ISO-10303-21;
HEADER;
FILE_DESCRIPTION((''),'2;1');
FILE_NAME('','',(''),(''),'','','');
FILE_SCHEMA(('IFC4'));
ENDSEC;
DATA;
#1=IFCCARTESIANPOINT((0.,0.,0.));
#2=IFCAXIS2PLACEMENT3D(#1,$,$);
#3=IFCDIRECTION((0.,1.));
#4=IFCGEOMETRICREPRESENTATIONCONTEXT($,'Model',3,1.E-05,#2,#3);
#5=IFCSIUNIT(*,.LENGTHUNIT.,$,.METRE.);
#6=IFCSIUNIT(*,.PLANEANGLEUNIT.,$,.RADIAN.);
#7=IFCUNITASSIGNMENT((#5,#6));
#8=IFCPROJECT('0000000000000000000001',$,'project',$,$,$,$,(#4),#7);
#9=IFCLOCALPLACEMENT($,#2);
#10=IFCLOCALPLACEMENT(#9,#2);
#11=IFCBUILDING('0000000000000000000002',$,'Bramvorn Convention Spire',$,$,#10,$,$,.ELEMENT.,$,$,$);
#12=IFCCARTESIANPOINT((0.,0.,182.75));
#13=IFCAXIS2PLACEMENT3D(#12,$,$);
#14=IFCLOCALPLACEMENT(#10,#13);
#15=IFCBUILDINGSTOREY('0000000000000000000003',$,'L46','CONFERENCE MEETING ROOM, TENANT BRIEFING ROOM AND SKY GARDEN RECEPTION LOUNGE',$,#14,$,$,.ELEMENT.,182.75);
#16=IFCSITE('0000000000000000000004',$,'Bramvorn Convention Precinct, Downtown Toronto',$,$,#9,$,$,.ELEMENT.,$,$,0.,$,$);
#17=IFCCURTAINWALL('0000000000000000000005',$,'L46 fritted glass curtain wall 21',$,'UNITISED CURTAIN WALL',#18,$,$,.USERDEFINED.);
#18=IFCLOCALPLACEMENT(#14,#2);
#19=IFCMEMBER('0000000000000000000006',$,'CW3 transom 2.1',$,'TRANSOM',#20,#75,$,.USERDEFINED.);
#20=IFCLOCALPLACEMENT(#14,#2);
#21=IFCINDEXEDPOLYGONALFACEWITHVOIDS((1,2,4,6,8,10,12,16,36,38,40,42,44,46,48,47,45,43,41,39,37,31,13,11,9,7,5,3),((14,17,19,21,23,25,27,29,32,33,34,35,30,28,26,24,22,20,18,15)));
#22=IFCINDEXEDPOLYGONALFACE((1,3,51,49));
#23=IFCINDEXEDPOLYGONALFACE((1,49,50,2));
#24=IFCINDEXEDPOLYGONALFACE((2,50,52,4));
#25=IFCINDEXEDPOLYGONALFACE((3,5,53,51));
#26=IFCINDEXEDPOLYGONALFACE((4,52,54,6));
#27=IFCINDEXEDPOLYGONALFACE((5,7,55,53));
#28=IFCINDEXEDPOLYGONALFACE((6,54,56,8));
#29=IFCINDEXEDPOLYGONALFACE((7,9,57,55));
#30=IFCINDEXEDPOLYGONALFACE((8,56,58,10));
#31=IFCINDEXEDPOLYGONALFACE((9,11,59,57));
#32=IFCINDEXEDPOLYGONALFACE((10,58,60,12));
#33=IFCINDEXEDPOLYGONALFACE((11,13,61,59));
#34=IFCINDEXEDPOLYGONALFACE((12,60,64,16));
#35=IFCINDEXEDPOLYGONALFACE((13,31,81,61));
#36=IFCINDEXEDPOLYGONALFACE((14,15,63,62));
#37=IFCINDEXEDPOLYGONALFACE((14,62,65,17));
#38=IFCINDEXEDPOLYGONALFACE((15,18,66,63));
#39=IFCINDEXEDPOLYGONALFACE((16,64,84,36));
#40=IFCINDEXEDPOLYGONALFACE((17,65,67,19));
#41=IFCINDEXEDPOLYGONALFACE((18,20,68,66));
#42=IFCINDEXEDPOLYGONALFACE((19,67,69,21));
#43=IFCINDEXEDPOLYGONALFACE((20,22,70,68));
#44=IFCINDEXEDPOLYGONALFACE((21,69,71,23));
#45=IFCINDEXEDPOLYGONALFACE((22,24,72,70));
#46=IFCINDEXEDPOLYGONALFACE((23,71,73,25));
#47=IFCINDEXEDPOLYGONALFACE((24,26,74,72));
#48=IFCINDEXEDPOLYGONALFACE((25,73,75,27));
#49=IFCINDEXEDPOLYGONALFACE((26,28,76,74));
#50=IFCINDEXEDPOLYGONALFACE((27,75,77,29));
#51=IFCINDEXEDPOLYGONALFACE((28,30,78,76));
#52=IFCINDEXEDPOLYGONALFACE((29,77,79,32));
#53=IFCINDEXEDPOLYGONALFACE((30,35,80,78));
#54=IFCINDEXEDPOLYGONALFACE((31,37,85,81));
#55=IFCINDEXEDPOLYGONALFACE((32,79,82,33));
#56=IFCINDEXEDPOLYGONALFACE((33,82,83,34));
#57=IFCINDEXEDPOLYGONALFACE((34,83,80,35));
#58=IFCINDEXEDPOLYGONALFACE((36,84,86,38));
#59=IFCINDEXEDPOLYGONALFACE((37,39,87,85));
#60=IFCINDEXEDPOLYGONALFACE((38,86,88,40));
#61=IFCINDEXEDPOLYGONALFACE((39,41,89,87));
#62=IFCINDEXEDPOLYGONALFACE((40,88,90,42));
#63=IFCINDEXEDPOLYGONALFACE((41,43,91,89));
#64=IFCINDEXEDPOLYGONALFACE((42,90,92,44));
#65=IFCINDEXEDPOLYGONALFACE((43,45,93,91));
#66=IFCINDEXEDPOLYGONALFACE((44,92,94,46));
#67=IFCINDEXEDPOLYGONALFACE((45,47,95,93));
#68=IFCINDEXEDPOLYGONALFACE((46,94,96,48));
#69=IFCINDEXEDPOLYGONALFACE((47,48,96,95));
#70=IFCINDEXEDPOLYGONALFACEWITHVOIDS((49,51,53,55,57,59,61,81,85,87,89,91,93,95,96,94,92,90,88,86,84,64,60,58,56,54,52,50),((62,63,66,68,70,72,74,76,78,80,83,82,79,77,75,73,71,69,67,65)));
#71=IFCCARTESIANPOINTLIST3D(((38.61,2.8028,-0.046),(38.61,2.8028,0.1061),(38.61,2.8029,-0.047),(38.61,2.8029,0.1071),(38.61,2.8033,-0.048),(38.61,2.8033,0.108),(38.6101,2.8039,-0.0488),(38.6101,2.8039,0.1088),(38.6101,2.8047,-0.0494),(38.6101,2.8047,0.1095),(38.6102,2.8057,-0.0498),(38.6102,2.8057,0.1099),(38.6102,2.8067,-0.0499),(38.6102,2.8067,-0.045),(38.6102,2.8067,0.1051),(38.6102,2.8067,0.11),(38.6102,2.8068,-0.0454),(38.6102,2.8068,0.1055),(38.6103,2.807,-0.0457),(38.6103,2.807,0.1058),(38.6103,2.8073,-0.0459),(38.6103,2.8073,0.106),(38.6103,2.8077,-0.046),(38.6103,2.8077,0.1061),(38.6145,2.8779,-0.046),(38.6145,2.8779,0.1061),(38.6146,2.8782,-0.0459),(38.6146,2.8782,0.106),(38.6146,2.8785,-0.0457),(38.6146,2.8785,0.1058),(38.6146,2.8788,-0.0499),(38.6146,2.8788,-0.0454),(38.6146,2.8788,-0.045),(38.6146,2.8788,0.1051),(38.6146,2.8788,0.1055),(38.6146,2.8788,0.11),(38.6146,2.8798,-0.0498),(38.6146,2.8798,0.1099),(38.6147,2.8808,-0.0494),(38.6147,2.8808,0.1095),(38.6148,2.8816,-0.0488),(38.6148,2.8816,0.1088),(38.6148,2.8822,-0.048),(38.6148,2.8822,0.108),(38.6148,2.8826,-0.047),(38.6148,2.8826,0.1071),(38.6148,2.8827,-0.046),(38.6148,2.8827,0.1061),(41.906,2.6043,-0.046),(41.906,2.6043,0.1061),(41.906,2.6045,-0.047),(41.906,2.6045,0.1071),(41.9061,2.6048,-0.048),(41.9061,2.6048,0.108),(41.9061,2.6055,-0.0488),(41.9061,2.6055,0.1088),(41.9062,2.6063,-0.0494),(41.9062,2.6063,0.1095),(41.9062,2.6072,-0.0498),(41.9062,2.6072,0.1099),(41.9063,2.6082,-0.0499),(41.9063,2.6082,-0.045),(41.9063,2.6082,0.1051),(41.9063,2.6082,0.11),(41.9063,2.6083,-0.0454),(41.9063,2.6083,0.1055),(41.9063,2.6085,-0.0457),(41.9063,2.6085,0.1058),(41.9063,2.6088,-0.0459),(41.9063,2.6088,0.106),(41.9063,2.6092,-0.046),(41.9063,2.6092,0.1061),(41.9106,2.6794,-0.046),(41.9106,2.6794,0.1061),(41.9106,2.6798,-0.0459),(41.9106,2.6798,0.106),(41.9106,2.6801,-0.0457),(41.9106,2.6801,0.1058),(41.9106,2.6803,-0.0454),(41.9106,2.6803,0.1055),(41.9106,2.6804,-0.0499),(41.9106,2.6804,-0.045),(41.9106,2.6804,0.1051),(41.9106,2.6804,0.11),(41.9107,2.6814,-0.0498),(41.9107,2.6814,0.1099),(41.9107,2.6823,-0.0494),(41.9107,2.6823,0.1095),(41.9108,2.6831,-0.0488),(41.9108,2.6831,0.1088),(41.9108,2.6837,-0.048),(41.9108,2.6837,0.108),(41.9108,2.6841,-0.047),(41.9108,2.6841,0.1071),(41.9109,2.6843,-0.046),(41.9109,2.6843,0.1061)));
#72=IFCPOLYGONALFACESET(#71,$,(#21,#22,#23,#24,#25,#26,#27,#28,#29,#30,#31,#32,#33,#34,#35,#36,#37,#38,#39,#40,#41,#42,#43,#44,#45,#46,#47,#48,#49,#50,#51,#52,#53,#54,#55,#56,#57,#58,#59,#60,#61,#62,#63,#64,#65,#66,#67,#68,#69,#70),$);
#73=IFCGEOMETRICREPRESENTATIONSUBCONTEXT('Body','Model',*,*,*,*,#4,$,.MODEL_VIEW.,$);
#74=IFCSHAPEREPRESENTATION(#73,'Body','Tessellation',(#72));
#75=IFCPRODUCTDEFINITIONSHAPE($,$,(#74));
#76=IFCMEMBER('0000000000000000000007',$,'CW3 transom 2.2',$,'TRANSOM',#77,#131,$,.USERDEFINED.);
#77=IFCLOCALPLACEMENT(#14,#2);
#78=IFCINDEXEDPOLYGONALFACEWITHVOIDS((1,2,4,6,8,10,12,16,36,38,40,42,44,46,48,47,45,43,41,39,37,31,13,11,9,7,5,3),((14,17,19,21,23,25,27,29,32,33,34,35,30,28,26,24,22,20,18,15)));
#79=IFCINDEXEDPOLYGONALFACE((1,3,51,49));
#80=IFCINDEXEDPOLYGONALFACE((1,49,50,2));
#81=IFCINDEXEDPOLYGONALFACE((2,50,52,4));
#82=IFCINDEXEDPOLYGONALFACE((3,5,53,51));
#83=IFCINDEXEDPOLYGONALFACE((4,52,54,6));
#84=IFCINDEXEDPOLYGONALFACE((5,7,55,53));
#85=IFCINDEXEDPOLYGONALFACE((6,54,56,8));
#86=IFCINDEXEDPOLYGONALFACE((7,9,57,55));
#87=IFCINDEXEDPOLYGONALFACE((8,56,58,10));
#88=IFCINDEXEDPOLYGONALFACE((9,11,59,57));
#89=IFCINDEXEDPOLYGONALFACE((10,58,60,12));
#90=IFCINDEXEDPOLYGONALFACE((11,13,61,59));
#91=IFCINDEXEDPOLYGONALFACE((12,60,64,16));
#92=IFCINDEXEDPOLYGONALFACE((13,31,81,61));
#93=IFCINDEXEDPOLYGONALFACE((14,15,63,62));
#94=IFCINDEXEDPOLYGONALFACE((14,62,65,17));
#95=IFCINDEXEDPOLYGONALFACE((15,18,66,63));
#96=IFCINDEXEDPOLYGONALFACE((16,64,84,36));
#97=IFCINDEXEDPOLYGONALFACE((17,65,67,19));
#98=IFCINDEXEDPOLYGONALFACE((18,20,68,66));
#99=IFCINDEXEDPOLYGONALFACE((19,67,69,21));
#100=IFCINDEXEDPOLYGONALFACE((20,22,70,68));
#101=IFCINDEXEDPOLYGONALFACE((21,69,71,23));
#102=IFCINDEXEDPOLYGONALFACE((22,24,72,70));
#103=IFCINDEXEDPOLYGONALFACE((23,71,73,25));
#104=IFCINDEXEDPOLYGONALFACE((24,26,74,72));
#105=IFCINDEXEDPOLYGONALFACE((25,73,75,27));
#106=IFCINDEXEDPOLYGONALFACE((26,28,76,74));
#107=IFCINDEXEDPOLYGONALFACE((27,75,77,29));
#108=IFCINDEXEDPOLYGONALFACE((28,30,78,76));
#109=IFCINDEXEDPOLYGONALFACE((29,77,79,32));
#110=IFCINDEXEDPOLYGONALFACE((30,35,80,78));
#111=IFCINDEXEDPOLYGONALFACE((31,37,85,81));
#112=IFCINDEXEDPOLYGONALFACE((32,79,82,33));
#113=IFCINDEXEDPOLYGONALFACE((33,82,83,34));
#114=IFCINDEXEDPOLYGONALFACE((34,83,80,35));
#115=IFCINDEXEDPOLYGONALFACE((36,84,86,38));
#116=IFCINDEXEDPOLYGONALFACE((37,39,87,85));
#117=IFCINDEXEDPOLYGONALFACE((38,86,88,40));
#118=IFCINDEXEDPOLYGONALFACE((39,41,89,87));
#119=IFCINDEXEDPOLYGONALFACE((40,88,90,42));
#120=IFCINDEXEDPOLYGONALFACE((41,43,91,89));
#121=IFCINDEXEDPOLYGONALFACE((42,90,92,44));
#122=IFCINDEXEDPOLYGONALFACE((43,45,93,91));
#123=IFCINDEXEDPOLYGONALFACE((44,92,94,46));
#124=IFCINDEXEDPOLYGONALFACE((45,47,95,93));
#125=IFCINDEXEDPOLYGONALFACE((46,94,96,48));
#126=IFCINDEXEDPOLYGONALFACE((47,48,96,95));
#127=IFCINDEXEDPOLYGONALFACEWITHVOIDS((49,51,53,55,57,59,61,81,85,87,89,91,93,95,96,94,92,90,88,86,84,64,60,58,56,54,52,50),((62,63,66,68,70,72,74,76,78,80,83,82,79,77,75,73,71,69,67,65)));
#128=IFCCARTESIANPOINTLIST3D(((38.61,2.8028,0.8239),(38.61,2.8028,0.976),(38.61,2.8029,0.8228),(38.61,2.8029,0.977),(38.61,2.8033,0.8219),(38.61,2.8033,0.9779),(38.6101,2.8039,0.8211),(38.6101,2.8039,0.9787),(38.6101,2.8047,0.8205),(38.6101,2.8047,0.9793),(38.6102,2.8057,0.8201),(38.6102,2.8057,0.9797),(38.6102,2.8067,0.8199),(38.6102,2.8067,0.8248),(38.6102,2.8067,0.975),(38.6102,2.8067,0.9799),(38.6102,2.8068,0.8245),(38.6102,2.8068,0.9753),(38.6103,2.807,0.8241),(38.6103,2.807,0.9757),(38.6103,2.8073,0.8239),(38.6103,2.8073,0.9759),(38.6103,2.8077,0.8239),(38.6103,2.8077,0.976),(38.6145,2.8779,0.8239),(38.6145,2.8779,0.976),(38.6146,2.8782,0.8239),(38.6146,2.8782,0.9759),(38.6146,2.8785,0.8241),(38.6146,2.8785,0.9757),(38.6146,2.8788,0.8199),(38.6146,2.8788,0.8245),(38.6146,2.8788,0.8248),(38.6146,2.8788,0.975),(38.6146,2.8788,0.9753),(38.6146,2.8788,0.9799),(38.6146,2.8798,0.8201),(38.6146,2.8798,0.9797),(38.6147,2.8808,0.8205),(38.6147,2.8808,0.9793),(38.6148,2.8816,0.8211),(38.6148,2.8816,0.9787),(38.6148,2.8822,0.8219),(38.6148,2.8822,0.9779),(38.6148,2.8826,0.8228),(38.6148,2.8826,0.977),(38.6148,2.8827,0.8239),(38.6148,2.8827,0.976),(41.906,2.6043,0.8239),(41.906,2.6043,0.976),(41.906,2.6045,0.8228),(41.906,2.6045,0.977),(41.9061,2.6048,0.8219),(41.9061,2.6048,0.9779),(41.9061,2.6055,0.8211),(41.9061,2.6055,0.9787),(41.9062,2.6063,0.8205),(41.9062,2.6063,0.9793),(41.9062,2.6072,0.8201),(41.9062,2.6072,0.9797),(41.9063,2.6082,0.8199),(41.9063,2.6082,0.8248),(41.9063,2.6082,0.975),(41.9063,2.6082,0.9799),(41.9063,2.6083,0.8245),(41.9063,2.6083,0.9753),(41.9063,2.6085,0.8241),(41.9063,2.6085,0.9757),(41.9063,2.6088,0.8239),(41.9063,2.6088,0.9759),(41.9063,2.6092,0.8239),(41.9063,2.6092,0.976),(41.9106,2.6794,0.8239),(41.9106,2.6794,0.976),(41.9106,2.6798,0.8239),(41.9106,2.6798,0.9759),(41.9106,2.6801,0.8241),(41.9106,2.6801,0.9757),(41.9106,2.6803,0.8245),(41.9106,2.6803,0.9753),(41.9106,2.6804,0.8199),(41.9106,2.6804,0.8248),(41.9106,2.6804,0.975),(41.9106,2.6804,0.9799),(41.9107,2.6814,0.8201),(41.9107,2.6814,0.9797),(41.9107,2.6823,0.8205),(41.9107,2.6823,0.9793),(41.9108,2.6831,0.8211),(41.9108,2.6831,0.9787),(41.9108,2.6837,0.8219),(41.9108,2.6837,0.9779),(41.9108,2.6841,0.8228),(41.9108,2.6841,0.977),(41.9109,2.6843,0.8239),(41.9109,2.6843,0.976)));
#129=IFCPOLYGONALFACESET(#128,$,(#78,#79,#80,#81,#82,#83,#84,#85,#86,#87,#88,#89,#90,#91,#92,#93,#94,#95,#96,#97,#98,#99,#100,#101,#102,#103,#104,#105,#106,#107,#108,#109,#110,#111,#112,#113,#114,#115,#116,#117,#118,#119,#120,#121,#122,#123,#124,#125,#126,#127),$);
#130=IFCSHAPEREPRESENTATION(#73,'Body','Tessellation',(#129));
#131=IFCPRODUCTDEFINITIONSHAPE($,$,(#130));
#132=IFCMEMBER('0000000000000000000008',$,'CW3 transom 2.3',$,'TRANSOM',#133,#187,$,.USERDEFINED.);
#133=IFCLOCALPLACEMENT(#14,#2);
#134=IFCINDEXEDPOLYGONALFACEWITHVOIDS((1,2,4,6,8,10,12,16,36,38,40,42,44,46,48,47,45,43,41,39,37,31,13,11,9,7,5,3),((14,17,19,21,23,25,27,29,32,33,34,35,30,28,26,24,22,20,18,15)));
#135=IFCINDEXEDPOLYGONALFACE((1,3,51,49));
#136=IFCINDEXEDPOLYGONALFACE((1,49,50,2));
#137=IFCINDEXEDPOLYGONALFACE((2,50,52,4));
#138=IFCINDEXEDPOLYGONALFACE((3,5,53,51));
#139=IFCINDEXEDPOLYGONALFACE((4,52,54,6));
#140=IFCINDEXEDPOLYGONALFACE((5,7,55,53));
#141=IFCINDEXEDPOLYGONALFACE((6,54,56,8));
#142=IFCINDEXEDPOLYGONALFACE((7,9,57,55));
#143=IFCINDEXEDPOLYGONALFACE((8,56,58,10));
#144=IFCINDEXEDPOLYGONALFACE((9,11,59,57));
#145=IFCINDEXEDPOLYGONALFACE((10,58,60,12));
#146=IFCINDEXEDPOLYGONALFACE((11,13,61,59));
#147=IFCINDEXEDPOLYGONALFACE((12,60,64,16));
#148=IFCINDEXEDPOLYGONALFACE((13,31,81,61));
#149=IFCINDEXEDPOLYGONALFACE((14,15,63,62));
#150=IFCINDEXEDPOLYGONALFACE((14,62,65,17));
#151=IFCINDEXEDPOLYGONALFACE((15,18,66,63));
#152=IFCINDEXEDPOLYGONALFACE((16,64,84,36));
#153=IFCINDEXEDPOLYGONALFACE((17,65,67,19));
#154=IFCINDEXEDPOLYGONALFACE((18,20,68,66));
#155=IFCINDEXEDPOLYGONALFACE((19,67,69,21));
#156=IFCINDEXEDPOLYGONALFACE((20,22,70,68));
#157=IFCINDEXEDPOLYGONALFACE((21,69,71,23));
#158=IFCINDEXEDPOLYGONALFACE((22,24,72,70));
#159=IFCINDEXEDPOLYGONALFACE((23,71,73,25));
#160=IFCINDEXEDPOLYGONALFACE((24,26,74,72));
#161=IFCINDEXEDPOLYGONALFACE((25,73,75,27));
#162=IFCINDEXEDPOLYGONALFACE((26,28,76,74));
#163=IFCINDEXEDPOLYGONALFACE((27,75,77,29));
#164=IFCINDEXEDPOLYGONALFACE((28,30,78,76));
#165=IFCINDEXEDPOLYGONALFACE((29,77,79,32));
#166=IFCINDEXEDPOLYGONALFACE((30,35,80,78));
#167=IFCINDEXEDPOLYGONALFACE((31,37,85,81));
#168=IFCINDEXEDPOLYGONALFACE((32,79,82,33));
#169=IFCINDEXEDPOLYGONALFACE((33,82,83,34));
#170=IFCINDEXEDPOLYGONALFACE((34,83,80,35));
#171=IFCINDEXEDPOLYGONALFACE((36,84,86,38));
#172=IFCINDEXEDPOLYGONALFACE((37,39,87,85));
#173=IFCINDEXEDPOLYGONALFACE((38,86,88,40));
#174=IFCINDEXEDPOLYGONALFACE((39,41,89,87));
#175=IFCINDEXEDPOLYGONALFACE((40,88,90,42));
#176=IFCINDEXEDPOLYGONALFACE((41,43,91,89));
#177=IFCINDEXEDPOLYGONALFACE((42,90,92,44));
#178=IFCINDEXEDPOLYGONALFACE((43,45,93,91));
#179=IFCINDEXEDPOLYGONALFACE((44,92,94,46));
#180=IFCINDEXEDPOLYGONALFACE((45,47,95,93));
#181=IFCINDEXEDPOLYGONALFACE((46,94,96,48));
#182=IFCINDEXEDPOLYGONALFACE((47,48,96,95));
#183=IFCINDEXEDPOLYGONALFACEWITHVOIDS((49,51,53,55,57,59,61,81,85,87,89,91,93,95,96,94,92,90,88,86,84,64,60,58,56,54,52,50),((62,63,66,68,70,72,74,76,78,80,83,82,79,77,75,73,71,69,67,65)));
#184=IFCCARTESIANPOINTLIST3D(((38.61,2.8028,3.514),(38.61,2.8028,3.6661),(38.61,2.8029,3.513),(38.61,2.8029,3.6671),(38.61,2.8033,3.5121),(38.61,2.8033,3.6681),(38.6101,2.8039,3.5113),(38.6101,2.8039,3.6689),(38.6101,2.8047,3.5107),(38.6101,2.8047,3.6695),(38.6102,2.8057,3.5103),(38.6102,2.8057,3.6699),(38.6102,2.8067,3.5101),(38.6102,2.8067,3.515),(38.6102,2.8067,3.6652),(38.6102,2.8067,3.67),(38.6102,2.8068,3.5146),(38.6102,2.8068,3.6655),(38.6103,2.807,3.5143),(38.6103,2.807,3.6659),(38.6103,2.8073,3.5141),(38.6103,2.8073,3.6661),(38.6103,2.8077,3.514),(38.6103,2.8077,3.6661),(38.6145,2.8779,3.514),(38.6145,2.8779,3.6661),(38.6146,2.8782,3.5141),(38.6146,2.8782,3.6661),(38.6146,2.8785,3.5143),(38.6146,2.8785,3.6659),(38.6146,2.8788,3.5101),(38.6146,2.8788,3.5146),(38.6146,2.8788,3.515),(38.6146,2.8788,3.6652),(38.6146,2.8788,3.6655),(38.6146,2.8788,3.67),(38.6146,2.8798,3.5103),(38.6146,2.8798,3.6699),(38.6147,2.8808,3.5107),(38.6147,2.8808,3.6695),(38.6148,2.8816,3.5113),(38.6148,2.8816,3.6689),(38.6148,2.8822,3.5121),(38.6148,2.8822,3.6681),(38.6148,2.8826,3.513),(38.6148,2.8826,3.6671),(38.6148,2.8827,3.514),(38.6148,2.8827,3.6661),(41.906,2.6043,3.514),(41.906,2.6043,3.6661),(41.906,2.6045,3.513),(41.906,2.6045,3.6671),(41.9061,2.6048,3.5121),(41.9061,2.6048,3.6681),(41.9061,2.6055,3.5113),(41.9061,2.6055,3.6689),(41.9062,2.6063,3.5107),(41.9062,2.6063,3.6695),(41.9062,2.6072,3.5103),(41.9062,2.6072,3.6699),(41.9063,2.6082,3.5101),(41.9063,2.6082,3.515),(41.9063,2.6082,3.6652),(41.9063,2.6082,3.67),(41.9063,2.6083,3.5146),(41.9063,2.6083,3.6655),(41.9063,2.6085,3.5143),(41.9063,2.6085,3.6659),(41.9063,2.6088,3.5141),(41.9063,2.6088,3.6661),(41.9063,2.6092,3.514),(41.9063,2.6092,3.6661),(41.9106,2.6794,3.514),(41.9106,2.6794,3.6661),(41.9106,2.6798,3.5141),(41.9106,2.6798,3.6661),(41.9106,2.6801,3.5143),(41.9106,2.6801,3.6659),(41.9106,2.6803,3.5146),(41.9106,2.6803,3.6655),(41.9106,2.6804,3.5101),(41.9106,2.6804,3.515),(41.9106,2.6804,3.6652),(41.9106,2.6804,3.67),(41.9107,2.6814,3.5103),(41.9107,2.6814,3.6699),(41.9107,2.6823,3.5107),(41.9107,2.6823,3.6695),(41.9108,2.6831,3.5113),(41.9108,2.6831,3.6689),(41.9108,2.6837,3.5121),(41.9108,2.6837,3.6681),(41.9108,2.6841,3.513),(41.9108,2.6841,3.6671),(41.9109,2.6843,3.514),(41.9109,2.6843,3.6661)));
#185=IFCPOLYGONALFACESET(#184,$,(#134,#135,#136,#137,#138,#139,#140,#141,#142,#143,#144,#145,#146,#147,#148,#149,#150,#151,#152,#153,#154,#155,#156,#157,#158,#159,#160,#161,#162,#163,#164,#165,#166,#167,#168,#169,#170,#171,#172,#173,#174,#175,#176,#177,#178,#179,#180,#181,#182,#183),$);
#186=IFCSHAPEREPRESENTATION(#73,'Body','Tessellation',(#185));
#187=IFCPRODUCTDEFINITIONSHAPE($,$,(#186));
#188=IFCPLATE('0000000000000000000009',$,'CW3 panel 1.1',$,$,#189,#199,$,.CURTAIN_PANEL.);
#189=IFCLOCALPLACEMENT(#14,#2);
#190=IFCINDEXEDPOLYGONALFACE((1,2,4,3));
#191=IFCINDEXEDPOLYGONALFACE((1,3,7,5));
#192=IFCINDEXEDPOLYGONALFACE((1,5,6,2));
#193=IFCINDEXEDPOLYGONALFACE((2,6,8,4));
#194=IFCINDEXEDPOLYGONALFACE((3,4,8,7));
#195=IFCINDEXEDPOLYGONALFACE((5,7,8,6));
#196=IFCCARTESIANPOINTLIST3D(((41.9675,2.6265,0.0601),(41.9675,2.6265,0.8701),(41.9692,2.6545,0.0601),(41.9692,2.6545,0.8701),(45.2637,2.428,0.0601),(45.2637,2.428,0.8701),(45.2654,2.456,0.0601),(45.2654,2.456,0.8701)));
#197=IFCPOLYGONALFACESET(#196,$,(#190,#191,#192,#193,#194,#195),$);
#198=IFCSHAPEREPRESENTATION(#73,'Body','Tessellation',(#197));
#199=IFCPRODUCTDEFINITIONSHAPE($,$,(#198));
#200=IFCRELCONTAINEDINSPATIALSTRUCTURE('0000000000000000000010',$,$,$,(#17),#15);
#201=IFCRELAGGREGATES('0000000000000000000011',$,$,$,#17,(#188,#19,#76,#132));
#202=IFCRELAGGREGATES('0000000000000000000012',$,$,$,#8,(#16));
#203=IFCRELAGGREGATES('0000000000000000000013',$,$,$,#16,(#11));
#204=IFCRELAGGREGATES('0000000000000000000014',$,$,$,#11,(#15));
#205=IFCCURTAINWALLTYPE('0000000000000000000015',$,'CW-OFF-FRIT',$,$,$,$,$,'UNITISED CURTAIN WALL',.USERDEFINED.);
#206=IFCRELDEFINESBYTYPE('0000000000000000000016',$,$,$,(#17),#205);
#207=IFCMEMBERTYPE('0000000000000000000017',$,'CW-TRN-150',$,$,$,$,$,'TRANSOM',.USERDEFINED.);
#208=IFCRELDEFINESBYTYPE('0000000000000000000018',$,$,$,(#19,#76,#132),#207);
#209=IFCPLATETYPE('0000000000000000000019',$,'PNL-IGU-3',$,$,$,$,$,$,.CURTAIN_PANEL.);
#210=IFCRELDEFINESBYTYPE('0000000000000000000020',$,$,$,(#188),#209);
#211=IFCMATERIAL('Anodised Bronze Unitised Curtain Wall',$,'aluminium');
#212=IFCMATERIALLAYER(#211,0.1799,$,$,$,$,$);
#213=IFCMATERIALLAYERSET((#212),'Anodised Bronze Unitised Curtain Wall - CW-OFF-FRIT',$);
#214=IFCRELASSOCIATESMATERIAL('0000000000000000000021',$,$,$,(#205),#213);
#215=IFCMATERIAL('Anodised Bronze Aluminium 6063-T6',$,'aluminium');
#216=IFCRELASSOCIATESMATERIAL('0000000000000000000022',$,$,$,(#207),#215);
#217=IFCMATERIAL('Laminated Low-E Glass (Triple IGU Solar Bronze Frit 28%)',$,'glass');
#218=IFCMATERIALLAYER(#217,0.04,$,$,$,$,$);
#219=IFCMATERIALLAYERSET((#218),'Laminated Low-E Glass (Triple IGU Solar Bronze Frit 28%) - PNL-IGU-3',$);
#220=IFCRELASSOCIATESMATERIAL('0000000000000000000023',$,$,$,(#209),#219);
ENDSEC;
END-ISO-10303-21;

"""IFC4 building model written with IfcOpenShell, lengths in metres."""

from ifc_helpers import new_model, si_unit, direction, frame, origin, origin_2d, place, context, subcontext, project, spatial, rectangle, hollow_rectangle, extrude, material, layer, layer_set, material_profile, profile_set, type_object, element, aggregate, save


model = new_model("IFC4")

# Units and contexts
model_context = context("Model", 3, precision=1e-05, world=origin(), true_north=direction((0.0, 1.0)))
body_context = subcontext(model_context, "Body", "Model", "MODEL_VIEW")
ifc_project = project(units=[si_unit("LENGTHUNIT", "METRE"), si_unit("PLANEANGLEUNIT", "RADIAN")], contexts=[model_context])

# Site, building, storey
site_placement = place(None, origin())
site = spatial("IfcSite", under=ifc_project, at=site_placement, Name="Bramvorn Convention Precinct, Downtown Toronto", CompositionType="ELEMENT", RefElevation=0.0)
building_placement = place(site_placement, origin())
building = spatial("IfcBuilding", under=site, at=building_placement, Name="Bramvorn Convention Spire", CompositionType="ELEMENT")
storey_placement = place(building_placement, frame((0.0, 0.0, 182.75)))
storey = spatial("IfcBuildingStorey", under=building, at=storey_placement, Name="L46", Description="CONFERENCE MEETING ROOM, TENANT BRIEFING ROOM AND SKY GARDEN RECEPTION LOUNGE", CompositionType="ELEMENT", Elevation=182.75)

# Curtain wall
ifc_material_1 = material(Name="Anodised Bronze Unitised Curtain Wall", Category="aluminium")
ifc_layer_1 = layer(ifc_material_1, 0.1799)
ifc_layer_set_1 = layer_set([ifc_layer_1], Name="Anodised Bronze Unitised Curtain Wall - CW-OFF-FRIT")
curtain_wall_type = type_object("IfcCurtainWallType", Name="CW-OFF-FRIT", ElementType="UNITISED CURTAIN WALL", PredefinedType="USERDEFINED", material=ifc_layer_set_1)
curtain_wall_1_placement = place(storey_placement, origin())
curtain_wall_1 = element("IfcCurtainWall", 1, at=curtain_wall_1_placement, inside=storey, type_object=curtain_wall_type, Name="L46 fritted glass curtain wall 21", ObjectType="UNITISED CURTAIN WALL", PredefinedType="USERDEFINED")
ifc_material_2 = material(Name="Anodised Bronze Aluminium 6063-T6", Category="aluminium")

# Members
ifc_material_profile_1 = material_profile(ifc_material_2, hollow_rectangle(XDim=0.0801, YDim=0.1599, WallThickness=0.0039, InnerFilletRadius=0.001, OuterFilletRadius=0.0039, at=origin_2d()))
ifc_profile_set_1 = profile_set([ifc_material_profile_1], Name="Anodised Bronze Aluminium 6063-T6 - CWT80X160")
member_type_1 = type_object("IfcMemberType", Name="CW-TRN-150", ElementType="TRANSOM", PredefinedType="USERDEFINED", material=ifc_profile_set_1)
member_1_placement = place(storey_placement, frame((41.9084, 2.6443, 0.03), z_axis=(-0.998192, 0.060109, 0.0), x_axis=(-0.060109, -0.998192, 0.0)))
member_1 = element("IfcMember", 2, at=member_1_placement, type_object=member_type_1, Name="CW3 transom 2.1", ObjectType="TRANSOM", PredefinedType="USERDEFINED", context=body_context, shape_type="SweptSolid", body=[
    extrude(hollow_rectangle(XDim=0.0801, YDim=0.1599, WallThickness=0.0039, InnerFilletRadius=0.001, OuterFilletRadius=0.0039, at=origin_2d()), origin(), (0.0, 0.0, 1.0), 3.302),
])
member_2_placement = place(storey_placement, frame((41.9084, 2.6443, 0.8999), z_axis=(-0.998192, 0.060109, 0.0), x_axis=(-0.060109, -0.998192, 0.0)))
member_2 = element("IfcMember", 3, at=member_2_placement, type_object=member_type_1, Name="CW3 transom 2.2", ObjectType="TRANSOM", PredefinedType="USERDEFINED", context=body_context, shape_type="SweptSolid", body=[
    extrude(hollow_rectangle(XDim=0.0801, YDim=0.1599, WallThickness=0.0039, InnerFilletRadius=0.001, OuterFilletRadius=0.0039, at=origin_2d()), origin(), (0.0, 0.0, 1.0), 3.302),
])
member_3_placement = place(storey_placement, frame((41.9084, 2.6443, 3.5901), z_axis=(-0.998192, 0.060109, 0.0), x_axis=(-0.060109, -0.998192, 0.0)))
member_3 = element("IfcMember", 4, at=member_3_placement, type_object=member_type_1, Name="CW3 transom 2.3", ObjectType="TRANSOM", PredefinedType="USERDEFINED", context=body_context, shape_type="SweptSolid", body=[
    extrude(hollow_rectangle(XDim=0.0801, YDim=0.1599, WallThickness=0.0039, InnerFilletRadius=0.001, OuterFilletRadius=0.0039, at=origin_2d()), origin(), (0.0, 0.0, 1.0), 3.302),
])

# Plate
ifc_material_3 = material(Name="Laminated Low-E Glass (Triple IGU Solar Bronze Frit 28%)", Category="glass")
ifc_layer_2 = layer(ifc_material_3, 0.04)
ifc_layer_set_2 = layer_set([ifc_layer_2], Name="Laminated Low-E Glass (Triple IGU Solar Bronze Frit 28%) - PNL-IGU-3")
plate_type = type_object("IfcPlateType", Name="PNL-IGU-3", PredefinedType="CURTAIN_PANEL", material=ifc_layer_set_2)
plate_1_placement = place(storey_placement, frame((43.6165, 2.5413, 0.0601), z_axis=(0.0, 0.0, 1.0), x_axis=(-0.998191, 0.060122, 0.0)))
plate_1 = element("IfcPlate", 5, at=plate_1_placement, type_object=plate_type, Name="CW3 panel 1.1", PredefinedType="CURTAIN_PANEL", context=body_context, shape_type="SweptSolid", body=[
    extrude(rectangle(XDim=3.3022, YDim=0.0281, at=origin_2d()), origin(), (0.0, 0.0, 1.0), 0.8101),
])
aggregate(curtain_wall_1, [plate_1, member_1, member_2, member_3])

save(model, "model.ifc")
